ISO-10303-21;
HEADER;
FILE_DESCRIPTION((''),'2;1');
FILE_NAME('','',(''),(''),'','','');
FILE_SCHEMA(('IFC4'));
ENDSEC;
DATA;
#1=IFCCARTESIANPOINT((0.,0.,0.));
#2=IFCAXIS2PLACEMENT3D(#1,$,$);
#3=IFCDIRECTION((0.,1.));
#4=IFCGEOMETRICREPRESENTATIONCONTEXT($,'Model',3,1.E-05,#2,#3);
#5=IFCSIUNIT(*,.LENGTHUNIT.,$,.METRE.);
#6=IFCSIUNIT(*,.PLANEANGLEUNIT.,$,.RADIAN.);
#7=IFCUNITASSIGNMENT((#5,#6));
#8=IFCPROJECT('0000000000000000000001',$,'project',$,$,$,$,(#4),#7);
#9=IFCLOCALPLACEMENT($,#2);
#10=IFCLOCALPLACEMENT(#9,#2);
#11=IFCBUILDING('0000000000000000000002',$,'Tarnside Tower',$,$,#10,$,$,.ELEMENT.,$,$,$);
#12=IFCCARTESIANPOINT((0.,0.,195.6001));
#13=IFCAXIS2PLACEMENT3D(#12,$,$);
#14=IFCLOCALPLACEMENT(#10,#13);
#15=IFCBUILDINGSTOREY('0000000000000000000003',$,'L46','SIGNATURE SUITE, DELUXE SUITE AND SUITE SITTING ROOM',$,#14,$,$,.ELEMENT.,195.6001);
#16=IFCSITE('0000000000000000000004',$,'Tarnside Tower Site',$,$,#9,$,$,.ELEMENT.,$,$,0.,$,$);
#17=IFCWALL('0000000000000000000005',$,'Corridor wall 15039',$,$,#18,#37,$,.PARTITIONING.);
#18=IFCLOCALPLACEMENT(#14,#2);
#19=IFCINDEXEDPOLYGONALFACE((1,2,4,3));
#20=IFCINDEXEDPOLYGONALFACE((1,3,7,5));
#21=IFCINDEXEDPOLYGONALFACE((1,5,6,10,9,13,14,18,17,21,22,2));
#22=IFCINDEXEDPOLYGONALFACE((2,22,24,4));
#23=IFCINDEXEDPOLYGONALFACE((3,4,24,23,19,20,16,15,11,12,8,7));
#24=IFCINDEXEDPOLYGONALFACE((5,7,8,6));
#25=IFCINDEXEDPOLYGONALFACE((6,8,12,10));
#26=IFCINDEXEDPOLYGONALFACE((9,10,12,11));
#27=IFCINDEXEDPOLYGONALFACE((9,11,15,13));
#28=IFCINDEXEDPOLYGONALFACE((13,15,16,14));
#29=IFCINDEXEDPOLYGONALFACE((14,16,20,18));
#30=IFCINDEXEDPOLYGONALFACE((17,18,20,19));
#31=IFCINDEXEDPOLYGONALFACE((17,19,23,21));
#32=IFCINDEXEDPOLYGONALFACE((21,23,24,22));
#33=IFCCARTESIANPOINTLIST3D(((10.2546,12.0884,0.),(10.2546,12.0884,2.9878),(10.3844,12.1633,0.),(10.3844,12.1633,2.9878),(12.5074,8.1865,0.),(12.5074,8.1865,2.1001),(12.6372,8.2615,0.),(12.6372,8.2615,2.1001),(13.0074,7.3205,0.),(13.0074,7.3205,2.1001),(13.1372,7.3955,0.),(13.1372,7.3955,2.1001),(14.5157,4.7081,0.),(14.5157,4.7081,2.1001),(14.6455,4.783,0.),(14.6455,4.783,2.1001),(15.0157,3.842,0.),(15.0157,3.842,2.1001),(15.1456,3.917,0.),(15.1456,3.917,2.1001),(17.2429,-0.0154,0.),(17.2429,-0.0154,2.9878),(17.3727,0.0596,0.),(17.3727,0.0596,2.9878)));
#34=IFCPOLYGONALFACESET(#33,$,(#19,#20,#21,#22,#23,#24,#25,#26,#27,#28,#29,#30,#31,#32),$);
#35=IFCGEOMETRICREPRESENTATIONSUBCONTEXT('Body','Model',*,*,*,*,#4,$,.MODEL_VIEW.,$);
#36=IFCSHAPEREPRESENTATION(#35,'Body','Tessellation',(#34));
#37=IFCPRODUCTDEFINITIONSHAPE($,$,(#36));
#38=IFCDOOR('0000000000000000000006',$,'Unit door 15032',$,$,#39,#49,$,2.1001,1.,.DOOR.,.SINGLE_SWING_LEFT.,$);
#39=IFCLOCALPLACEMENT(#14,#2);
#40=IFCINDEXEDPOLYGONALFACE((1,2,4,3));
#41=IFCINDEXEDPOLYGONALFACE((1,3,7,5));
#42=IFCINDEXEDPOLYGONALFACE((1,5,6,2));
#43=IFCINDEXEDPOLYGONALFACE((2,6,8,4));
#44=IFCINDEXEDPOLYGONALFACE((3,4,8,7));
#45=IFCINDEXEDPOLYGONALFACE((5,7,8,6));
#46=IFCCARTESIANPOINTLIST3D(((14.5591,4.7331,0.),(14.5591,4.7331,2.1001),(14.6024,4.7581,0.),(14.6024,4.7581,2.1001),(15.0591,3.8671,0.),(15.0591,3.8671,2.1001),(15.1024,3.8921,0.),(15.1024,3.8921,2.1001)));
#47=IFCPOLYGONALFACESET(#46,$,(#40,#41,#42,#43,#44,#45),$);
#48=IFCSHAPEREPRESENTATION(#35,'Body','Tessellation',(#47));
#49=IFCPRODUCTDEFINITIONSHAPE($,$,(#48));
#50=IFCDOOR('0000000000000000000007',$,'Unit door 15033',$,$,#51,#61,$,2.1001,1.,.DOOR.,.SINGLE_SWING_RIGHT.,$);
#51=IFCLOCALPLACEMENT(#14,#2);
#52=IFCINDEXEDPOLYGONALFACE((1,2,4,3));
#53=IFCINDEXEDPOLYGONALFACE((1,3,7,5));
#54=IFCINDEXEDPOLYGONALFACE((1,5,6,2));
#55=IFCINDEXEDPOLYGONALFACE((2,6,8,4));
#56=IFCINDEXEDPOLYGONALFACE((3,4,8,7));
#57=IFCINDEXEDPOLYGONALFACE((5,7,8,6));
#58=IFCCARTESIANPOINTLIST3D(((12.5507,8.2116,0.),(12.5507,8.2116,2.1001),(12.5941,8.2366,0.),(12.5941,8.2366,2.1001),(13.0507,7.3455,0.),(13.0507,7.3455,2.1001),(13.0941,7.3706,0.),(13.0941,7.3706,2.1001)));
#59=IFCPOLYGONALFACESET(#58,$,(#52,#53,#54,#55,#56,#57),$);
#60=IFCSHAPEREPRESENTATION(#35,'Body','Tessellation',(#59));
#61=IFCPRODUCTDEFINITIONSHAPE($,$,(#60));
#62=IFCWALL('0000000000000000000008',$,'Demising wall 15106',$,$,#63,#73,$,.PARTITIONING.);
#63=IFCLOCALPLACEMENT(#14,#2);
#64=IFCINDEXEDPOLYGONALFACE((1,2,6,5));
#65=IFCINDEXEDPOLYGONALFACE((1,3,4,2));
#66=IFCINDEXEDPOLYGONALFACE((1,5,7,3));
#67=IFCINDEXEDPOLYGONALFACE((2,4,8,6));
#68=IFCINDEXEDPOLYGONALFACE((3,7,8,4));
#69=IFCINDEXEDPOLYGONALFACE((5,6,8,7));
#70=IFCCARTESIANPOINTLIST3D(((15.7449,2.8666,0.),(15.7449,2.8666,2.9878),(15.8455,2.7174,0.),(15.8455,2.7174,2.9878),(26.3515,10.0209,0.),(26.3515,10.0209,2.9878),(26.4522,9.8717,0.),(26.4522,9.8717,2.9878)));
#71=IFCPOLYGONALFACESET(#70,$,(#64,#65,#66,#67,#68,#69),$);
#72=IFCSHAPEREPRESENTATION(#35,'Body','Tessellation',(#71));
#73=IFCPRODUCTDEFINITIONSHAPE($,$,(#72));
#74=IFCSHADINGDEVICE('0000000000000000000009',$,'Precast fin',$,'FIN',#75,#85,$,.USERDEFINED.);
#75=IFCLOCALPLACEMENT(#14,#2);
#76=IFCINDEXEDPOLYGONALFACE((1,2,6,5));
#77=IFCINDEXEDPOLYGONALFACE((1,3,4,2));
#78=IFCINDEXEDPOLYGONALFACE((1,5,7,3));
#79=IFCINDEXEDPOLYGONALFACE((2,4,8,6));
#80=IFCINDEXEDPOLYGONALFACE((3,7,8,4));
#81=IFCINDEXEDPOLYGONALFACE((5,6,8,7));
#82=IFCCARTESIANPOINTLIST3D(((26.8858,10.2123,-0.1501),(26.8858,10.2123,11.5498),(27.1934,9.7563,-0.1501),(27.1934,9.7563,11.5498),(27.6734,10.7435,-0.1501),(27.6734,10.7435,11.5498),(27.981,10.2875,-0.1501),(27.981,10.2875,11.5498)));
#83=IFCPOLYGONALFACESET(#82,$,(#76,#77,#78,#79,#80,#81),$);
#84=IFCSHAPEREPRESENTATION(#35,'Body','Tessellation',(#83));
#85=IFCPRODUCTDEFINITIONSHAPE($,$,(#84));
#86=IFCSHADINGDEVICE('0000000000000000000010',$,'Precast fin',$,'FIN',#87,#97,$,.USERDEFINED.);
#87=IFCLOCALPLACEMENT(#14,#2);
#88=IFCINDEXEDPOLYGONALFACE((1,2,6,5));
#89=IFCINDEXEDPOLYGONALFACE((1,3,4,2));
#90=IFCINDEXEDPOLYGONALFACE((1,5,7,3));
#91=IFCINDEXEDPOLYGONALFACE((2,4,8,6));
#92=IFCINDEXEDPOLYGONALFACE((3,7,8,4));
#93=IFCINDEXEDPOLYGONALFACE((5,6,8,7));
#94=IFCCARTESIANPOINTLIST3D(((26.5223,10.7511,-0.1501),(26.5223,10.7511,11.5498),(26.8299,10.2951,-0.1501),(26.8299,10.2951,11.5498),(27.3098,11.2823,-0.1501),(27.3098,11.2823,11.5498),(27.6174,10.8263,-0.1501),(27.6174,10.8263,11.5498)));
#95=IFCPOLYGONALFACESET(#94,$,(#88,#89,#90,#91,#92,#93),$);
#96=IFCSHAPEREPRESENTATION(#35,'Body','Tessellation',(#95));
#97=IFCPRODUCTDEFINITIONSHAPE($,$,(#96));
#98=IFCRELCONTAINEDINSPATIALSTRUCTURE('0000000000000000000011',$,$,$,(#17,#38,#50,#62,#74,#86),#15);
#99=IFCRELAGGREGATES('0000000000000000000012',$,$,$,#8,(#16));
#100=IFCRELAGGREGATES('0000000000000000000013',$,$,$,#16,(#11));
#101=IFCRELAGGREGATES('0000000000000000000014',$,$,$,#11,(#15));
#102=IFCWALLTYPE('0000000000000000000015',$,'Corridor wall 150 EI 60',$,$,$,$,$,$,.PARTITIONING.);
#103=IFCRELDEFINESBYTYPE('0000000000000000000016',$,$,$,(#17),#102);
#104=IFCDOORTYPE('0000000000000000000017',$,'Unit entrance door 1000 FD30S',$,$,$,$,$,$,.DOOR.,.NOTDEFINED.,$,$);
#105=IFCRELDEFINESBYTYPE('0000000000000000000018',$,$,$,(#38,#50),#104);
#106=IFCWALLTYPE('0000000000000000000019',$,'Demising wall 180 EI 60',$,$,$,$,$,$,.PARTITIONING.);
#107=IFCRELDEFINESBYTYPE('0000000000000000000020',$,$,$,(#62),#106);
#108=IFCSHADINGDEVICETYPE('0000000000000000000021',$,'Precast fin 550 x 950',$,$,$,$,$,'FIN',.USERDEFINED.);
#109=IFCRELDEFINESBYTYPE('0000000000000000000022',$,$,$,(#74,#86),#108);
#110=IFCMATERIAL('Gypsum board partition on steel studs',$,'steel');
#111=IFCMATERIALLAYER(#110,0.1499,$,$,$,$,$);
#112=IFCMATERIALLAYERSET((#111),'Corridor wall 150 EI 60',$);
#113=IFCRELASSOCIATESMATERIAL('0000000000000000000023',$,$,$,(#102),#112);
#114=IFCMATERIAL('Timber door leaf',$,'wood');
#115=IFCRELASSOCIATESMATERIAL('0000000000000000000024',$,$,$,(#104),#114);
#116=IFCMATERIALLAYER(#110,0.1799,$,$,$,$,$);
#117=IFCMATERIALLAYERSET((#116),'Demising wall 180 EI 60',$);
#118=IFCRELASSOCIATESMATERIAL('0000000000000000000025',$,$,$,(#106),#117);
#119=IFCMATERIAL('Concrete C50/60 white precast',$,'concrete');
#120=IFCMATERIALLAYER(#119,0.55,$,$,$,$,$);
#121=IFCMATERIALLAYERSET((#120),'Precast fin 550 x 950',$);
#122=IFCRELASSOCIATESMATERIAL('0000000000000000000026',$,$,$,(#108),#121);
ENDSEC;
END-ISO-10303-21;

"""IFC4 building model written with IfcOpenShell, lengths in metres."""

from ifc_helpers import new_model, si_unit, direction, frame, frame_2d, origin, place, context, subcontext, project, spatial, polyline, rectangle, outline, extrude, material, layer, layer_set, type_object, element, fill, save


model = new_model("IFC4")

# Units and contexts
model_context = context("Model", 3, precision=1e-05, world=origin(), true_north=direction((0.0, 1.0)))
body_context = subcontext(model_context, "Body", "Model", "MODEL_VIEW")
ifc_project = project(units=[si_unit("LENGTHUNIT", "METRE"), si_unit("PLANEANGLEUNIT", "RADIAN")], contexts=[model_context])

# Site, building, storey
site_placement = place(None, origin())
site = spatial("IfcSite", under=ifc_project, at=site_placement, Name="Tarnside Tower Site", CompositionType="ELEMENT", RefElevation=0.0)
building_placement = place(site_placement, origin())
building = spatial("IfcBuilding", under=site, at=building_placement, Name="Tarnside Tower", CompositionType="ELEMENT")
storey_placement = place(building_placement, frame((0.0, 0.0, 195.6001)))
storey = spatial("IfcBuildingStorey", under=building, at=storey_placement, Name="L46", Description="SIGNATURE SUITE, DELUXE SUITE AND SUITE SITTING ROOM", CompositionType="ELEMENT", Elevation=195.6001)

# Shared definitions
ifc_material_1 = material(Name="Gypsum board partition on steel studs", Category="steel")

# Shared definitions
ifc_material_2 = material(Name="Timber door leaf", Category="wood")

# Wall, openings, doors
ifc_layer_1 = layer(ifc_material_1, 0.1499)
ifc_layer_set_1 = layer_set([ifc_layer_1], Name="Corridor wall 150 EI 60")
wall_type_1 = type_object("IfcWallType", Name="Corridor wall 150 EI 60", PredefinedType="PARTITIONING", material=ifc_layer_set_1)
wall_1_placement = place(storey_placement, frame((17.3079, 0.022, 0.0), z_axis=(0.0, 0.0, 1.0), x_axis=(-0.500009, 0.86602, 0.0)))
wall_1 = element("IfcWall", 1, at=wall_1_placement, inside=storey, type_object=wall_type_1, Name="Corridor wall 15039", PredefinedType="PARTITIONING", context=body_context, shape_type="SweptSolid", body=[
    extrude(rectangle(XDim=13.9763, YDim=0.1499, at=frame_2d((6.9883, 0.0))), origin(), (0.0, 0.0, 1.0), 2.9878),
])
opening_1_placement = place(wall_1_placement, frame((4.4543, 0.0, 0.0)))
opening_1 = element("IfcOpeningElement", 2, at=opening_1_placement, cuts=wall_1, PredefinedType="OPENING", context=body_context, shape_type="SweptSolid", body=[
    extrude(rectangle(XDim=1.0, YDim=2.1001, at=frame_2d((0.5, 1.05))), frame((0.0, 0.085, 0.0), z_axis=(0.0, -1.0, 0.0), x_axis=(1.0, 0.0, 0.0)), (0.0, 0.0, 1.0), 0.1699),
])
opening_2_placement = place(wall_1_placement, frame((8.4709, 0.0, 0.0)))
opening_2 = element("IfcOpeningElement", 3, at=opening_2_placement, cuts=wall_1, PredefinedType="OPENING", context=body_context, shape_type="SweptSolid", body=[
    extrude(rectangle(XDim=1.0, YDim=2.1001, at=frame_2d((0.5, 1.05))), frame((0.0, 0.085, 0.0), z_axis=(0.0, -1.0, 0.0), x_axis=(1.0, 0.0, 0.0)), (0.0, 0.0, 1.0), 0.1699),
])
door_type_1 = type_object("IfcDoorType", Name="Unit entrance door 1000 FD30S", OperationType="NOTDEFINED", PredefinedType="DOOR", material=ifc_material_2)
door_1_placement = place(opening_1_placement, origin())
door_1 = element("IfcDoor", 4, at=door_1_placement, inside=storey, type_object=door_type_1, Name="Unit door 15032", OperationType="SINGLE_SWING_LEFT", OverallHeight=2.1001, OverallWidth=1.0, PredefinedType="DOOR", context=body_context, shape_type="SweptSolid", body=[
    extrude(rectangle(XDim=1.0, YDim=2.1001, at=frame_2d((0.5, 1.05))), frame((0.0, 0.0249, 0.0), z_axis=(0.0, -1.0, 0.0), x_axis=(1.0, 0.0, 0.0)), (0.0, 0.0, 1.0), 0.05),
])
fill(opening_1, door_1)
door_2_placement = place(opening_2_placement, origin())
door_2 = element("IfcDoor", 5, at=door_2_placement, inside=storey, type_object=door_type_1, Name="Unit door 15033", OperationType="SINGLE_SWING_RIGHT", OverallHeight=2.1001, OverallWidth=1.0, PredefinedType="DOOR", context=body_context, shape_type="SweptSolid", body=[
    extrude(rectangle(XDim=1.0, YDim=2.1001, at=frame_2d((0.5, 1.05))), frame((0.0, 0.0249, 0.0), z_axis=(0.0, -1.0, 0.0), x_axis=(1.0, 0.0, 0.0)), (0.0, 0.0, 1.0), 0.05),
])
fill(opening_2, door_2)

# Wall
ifc_layer_2 = layer(ifc_material_1, 0.1799)
ifc_layer_set_2 = layer_set([ifc_layer_2], Name="Demising wall 180 EI 60")
wall_type_2 = type_object("IfcWallType", Name="Demising wall 180 EI 60", PredefinedType="PARTITIONING", material=ifc_layer_set_2)
wall_2_placement = place(storey_placement, frame((26.4019, 9.9463, 0.0), z_axis=(0.0, 0.0, 1.0), x_axis=(-0.829038, -0.559193, 0.0)))
element("IfcWall", 6, at=wall_2_placement, inside=storey, type_object=wall_type_2, Name="Demising wall 15106", PredefinedType="PARTITIONING", context=body_context, shape_type="SweptSolid", body=[
    extrude(rectangle(XDim=12.7939, YDim=0.1799, at=frame_2d((6.397, 0.0))), origin(), (0.0, 0.0, 1.0), 2.9878),
])

# Shading devices
ifc_material_3 = material(Name="Concrete C50/60 white precast", Category="concrete")
ifc_layer_3 = layer(ifc_material_3, 0.55)
ifc_layer_set_3 = layer_set([ifc_layer_3], Name="Precast fin 550 x 950")
shading_device_type = type_object("IfcShadingDeviceType", Name="Precast fin 550 x 950", ElementType="FIN", PredefinedType="USERDEFINED", material=ifc_layer_set_3)
for number, where, z_axis, x_axis, name in (
    (7, (27.0396, 9.9844, -0.1501), (0.559193, -0.829038, 0.0), (0.829038, 0.559193, 0.0), "Precast fin"),
    (8, (26.676, 10.5232, -0.1501), (0.559193, -0.829038, 0.0), (0.829038, 0.559193, 0.0), "Precast fin"),
):
    element("IfcShadingDevice", number, at=place(storey_placement, frame(where, z_axis=z_axis, x_axis=x_axis)), inside=storey, type_object=shading_device_type, Name=name, ObjectType="FIN", PredefinedType="USERDEFINED", context=body_context, shape_type="SweptSolid", body=[
        extrude(outline(polyline([(0.0, 0.0), (0.95, 0.0), (0.95, 11.7), (0.0, 11.7), (0.0, 0.0)])), frame((0.0, 0.0, -0.2749)), (0.0, 0.0, 1.0), 0.55),
    ])

save(model, "model.ifc")
